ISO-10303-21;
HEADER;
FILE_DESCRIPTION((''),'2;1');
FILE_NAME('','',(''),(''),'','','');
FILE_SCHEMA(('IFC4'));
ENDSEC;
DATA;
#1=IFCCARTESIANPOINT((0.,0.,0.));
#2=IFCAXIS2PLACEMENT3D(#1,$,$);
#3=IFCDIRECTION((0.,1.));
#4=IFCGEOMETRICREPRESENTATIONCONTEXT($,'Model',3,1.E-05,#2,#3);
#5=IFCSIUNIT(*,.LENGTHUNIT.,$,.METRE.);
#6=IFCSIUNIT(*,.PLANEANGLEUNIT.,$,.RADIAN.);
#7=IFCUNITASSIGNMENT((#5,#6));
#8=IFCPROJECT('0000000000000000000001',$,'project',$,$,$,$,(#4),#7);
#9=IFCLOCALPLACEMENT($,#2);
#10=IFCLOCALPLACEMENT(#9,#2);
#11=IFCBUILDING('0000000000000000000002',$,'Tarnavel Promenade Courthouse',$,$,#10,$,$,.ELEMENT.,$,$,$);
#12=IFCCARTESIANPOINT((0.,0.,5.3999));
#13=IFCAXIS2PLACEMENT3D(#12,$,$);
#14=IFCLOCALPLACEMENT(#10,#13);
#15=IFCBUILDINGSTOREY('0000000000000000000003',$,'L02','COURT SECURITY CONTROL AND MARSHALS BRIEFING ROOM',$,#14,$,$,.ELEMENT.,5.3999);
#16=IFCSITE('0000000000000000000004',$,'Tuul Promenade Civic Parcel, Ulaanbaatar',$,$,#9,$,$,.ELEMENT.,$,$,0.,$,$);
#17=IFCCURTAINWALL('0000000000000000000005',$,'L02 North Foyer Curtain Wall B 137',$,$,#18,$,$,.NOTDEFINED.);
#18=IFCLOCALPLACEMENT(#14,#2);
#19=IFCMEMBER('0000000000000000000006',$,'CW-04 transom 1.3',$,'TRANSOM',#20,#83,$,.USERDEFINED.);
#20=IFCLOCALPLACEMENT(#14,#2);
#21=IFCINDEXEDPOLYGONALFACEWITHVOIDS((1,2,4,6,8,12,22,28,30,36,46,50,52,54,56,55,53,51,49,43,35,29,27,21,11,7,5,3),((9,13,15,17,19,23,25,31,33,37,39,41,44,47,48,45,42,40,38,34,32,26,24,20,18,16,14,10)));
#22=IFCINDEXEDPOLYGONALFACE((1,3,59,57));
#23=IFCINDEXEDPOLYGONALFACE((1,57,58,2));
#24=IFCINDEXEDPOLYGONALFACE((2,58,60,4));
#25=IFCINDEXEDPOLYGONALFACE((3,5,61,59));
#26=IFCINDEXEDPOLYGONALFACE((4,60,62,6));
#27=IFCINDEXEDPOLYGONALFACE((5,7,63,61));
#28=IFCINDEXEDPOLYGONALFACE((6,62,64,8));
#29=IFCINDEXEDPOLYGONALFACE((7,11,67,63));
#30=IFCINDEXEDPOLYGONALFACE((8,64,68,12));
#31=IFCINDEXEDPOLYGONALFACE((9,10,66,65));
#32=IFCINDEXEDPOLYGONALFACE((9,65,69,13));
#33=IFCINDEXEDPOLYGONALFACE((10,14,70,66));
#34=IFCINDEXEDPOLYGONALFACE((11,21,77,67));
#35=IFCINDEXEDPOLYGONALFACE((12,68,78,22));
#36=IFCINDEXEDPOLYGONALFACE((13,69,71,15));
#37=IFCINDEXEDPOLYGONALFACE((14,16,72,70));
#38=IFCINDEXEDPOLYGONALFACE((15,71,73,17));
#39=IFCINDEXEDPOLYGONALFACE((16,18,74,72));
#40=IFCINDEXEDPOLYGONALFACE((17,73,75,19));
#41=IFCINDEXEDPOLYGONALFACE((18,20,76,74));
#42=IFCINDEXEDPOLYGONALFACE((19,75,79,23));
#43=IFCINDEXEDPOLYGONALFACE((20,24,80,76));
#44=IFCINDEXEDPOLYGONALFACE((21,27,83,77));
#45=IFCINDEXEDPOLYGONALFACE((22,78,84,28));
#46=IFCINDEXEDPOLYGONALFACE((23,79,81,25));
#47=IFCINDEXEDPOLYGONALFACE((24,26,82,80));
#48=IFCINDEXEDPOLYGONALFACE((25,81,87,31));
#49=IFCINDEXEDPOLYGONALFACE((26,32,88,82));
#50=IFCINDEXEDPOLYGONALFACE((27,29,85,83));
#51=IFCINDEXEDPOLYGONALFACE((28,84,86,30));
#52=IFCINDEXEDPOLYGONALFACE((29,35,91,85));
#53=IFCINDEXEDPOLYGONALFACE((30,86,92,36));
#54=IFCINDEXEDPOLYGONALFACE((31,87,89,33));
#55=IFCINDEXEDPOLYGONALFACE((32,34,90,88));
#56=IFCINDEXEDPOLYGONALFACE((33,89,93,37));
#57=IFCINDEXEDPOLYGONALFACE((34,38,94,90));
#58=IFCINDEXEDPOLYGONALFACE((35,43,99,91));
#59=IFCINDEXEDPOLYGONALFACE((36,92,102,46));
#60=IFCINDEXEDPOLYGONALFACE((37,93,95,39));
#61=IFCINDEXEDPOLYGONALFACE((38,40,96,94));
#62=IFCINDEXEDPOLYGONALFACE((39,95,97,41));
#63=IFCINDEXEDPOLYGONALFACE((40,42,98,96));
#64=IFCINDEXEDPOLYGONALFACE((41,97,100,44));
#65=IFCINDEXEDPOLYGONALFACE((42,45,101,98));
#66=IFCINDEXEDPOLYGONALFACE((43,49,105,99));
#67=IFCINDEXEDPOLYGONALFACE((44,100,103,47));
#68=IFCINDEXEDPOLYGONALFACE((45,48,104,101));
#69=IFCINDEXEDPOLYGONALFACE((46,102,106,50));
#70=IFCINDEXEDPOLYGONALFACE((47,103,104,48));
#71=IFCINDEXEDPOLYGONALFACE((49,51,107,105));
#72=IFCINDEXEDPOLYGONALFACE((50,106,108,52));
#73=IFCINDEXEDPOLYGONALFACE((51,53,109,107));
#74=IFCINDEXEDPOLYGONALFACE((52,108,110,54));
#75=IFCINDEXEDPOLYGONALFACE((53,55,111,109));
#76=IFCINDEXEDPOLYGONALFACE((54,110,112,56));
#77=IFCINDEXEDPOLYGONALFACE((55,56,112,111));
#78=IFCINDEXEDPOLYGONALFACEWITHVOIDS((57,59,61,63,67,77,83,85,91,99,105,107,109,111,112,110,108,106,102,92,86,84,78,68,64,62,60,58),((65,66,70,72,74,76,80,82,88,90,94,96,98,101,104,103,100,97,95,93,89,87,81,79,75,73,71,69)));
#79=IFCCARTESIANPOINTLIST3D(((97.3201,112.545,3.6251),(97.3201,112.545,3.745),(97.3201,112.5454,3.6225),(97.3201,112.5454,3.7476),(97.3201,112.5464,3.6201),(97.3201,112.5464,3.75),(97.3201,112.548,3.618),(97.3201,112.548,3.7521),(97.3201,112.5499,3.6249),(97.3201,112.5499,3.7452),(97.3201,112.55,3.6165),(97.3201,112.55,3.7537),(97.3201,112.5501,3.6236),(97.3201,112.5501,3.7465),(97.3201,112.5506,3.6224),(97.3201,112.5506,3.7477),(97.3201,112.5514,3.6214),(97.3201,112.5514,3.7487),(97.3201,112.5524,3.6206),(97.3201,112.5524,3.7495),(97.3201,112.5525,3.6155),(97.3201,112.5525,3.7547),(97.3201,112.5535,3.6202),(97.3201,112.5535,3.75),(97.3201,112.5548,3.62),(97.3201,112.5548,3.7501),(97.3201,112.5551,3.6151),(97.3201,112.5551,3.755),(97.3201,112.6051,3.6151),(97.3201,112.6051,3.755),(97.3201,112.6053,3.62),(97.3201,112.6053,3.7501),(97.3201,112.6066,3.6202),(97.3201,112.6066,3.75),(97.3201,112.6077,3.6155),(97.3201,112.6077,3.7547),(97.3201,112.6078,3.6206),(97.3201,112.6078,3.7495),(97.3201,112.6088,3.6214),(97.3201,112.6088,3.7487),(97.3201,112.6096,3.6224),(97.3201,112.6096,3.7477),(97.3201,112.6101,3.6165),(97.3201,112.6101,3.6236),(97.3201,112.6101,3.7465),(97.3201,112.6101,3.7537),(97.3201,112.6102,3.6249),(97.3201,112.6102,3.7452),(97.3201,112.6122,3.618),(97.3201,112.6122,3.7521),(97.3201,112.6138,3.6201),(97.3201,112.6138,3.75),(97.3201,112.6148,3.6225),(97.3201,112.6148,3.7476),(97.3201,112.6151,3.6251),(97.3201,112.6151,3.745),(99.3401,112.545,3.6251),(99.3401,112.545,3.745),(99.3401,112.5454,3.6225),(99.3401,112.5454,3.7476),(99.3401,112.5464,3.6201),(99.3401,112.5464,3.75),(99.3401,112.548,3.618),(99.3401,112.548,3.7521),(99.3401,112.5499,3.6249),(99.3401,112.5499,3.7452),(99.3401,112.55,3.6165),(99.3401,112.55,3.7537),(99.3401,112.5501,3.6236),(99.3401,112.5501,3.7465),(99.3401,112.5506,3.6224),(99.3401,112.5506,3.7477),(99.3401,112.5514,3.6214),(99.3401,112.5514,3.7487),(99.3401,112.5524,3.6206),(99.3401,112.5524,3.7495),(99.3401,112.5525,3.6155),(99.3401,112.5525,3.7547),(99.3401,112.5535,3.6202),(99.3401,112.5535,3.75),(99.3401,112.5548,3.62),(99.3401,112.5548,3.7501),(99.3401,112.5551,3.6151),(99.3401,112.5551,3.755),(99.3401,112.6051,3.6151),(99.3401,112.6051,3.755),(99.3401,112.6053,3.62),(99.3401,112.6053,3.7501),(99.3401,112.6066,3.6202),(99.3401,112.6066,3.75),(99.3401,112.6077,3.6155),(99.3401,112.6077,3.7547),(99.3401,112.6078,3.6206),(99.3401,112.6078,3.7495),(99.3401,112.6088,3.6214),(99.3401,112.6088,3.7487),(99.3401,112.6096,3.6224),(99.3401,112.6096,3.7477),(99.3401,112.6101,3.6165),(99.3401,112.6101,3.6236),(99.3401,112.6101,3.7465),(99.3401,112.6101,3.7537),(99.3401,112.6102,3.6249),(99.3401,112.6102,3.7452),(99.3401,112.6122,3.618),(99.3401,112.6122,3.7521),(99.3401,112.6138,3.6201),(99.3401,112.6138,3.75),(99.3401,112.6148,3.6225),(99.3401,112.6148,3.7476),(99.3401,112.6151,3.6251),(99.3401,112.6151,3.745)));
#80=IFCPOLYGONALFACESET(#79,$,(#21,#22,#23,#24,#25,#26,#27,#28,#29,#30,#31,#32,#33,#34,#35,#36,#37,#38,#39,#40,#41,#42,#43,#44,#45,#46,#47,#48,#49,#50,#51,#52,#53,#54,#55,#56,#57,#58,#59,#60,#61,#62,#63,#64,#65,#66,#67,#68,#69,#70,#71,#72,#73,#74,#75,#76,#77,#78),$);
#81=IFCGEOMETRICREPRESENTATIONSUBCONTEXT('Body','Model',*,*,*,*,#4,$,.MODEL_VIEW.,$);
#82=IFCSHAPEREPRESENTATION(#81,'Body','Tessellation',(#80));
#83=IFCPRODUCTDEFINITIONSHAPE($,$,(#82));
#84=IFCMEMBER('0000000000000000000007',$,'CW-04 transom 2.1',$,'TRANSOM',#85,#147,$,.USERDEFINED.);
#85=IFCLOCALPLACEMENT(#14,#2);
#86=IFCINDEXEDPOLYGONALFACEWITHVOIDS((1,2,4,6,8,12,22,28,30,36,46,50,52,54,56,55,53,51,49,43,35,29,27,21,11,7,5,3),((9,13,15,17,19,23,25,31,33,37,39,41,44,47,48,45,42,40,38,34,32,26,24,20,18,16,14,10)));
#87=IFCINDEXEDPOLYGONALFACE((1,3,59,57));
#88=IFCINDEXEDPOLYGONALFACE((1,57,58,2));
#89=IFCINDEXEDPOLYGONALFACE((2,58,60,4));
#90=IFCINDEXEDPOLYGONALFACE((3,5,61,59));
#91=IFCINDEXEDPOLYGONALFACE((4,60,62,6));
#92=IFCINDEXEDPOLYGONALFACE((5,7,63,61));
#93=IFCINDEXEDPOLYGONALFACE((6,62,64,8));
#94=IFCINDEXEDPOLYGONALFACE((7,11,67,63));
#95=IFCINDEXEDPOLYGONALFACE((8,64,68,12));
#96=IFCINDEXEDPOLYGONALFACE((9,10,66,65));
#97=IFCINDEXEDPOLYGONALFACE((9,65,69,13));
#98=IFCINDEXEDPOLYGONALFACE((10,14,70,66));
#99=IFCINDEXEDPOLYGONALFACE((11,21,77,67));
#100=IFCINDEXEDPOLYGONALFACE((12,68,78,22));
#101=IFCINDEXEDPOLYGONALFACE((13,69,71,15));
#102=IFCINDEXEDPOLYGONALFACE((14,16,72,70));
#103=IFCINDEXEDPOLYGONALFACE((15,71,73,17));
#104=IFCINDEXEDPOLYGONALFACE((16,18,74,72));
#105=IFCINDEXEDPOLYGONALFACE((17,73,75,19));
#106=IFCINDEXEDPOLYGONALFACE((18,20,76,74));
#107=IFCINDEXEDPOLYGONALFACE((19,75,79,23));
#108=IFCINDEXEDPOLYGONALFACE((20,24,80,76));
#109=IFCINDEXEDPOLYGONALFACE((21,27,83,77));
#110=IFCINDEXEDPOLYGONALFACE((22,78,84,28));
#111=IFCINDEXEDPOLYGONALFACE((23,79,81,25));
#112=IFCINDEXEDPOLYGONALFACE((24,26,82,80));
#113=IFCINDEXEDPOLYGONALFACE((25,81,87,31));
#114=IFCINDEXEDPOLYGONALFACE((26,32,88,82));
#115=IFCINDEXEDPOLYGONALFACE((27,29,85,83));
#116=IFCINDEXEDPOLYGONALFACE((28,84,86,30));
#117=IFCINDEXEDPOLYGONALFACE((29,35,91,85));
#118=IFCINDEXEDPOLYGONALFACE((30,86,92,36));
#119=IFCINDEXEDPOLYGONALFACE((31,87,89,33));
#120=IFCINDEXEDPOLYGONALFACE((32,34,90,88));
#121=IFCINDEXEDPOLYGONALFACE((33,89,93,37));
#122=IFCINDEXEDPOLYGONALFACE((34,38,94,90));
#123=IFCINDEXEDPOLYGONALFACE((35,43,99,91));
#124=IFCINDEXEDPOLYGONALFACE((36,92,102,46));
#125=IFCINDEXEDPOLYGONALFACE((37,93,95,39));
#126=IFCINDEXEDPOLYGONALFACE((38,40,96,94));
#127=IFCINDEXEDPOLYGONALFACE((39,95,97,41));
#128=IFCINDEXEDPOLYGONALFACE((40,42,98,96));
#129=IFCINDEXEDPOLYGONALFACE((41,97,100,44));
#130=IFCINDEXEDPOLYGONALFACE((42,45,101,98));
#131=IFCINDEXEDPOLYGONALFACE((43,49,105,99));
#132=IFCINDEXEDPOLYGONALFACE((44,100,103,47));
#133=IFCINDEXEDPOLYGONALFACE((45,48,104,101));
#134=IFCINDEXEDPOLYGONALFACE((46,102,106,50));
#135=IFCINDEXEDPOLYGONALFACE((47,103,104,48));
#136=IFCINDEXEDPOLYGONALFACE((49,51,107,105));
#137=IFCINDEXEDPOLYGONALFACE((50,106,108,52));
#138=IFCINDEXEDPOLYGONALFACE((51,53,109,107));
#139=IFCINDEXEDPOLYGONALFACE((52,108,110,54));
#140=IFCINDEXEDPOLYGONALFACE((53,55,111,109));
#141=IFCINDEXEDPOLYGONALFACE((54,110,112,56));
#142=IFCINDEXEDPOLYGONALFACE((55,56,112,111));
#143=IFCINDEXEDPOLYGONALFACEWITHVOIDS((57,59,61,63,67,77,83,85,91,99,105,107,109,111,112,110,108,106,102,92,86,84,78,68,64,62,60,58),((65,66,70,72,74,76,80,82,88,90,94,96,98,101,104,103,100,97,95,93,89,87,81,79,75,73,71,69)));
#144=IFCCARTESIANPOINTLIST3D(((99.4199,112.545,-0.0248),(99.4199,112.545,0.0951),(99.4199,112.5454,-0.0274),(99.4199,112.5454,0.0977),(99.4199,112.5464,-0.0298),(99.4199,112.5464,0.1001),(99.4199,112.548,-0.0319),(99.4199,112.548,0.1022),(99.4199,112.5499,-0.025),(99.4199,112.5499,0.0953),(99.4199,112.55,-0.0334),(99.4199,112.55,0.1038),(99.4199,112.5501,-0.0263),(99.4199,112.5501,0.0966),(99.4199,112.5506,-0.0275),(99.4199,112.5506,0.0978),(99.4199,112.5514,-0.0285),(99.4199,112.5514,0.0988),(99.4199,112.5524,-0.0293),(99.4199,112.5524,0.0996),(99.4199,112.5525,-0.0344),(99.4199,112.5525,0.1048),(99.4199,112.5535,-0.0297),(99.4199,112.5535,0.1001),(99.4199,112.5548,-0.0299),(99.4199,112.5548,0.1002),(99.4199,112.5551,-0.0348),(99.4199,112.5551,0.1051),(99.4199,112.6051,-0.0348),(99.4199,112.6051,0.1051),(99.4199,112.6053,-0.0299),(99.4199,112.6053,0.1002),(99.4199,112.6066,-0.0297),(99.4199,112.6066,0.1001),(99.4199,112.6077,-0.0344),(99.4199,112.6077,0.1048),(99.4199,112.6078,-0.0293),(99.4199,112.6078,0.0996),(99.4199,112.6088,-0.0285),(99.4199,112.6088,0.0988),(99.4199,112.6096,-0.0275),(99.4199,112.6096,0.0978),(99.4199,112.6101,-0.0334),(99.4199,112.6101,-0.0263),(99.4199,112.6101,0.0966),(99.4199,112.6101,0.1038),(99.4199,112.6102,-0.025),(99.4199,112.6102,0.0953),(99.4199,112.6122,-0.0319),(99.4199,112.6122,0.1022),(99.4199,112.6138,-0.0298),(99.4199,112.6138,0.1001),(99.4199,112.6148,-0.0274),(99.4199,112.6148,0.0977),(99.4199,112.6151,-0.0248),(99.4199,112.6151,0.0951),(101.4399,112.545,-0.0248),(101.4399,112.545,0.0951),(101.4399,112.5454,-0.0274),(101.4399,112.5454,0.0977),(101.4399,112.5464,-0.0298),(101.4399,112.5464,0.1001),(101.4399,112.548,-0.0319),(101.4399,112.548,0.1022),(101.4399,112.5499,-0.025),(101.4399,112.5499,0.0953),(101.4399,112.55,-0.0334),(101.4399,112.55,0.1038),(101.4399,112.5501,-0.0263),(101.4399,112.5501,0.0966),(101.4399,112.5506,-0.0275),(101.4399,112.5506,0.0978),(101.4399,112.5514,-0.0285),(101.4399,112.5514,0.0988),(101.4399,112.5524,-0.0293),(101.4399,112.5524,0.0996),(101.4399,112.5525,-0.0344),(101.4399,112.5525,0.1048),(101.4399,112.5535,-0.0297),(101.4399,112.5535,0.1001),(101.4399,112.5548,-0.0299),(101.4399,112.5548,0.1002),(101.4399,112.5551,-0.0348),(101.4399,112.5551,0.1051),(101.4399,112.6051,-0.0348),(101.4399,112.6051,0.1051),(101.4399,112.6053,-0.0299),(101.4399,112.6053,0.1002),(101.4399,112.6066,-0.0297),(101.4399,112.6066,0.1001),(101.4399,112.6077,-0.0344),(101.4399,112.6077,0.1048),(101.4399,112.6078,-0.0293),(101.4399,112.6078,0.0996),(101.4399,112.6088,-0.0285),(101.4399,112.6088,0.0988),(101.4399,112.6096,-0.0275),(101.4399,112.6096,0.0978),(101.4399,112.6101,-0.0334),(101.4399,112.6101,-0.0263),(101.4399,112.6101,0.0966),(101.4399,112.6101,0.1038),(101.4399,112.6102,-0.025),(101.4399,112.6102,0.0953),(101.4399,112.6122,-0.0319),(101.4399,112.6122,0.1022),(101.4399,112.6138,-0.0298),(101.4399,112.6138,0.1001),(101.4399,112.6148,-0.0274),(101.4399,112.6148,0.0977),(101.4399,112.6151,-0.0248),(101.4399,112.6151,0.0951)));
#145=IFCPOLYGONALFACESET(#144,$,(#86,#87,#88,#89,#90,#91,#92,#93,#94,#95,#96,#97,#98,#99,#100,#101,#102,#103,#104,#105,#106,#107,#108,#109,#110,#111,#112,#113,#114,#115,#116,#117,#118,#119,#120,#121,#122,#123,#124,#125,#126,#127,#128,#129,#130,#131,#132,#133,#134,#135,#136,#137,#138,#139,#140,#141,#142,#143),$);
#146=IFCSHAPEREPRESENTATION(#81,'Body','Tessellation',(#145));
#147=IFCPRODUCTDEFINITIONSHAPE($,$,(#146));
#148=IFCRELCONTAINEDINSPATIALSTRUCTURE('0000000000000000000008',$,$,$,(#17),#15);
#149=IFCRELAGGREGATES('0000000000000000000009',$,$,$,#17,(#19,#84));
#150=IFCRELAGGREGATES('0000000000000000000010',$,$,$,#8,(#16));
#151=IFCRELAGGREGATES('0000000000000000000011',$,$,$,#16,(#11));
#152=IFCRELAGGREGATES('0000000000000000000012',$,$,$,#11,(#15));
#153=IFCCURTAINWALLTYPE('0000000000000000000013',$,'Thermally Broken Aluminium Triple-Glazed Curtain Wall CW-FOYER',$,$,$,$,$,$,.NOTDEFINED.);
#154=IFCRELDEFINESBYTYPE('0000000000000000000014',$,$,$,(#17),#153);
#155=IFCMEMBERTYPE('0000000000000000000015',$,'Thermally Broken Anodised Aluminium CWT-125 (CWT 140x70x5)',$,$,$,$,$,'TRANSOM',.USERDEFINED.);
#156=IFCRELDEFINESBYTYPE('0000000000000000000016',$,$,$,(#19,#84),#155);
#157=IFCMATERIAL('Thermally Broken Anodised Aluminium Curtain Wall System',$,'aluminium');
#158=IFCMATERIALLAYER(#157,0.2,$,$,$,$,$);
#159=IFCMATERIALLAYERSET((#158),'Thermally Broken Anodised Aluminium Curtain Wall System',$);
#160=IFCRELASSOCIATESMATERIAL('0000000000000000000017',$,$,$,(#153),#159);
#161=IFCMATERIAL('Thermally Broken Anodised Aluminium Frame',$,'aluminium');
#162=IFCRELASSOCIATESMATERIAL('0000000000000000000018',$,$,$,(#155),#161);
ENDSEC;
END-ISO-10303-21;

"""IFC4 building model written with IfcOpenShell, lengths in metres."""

from ifc_helpers import new_model, si_unit, direction, frame, origin, origin_2d, place, context, subcontext, project, spatial, hollow_rectangle, extrude, material, layer, layer_set, material_profile, profile_set, type_object, element, aggregate, save


model = new_model("IFC4")

# Units and contexts
model_context = context("Model", 3, precision=1e-05, world=origin(), true_north=direction((0.0, 1.0)))
body_context = subcontext(model_context, "Body", "Model", "MODEL_VIEW")
ifc_project = project(units=[si_unit("LENGTHUNIT", "METRE"), si_unit("PLANEANGLEUNIT", "RADIAN")], contexts=[model_context])

# Site, building, storey
site_placement = place(None, origin())
site = spatial("IfcSite", under=ifc_project, at=site_placement, Name="Tuul Promenade Civic Parcel, Ulaanbaatar", CompositionType="ELEMENT", RefElevation=0.0)
building_placement = place(site_placement, origin())
building = spatial("IfcBuilding", under=site, at=building_placement, Name="Tarnavel Promenade Courthouse", CompositionType="ELEMENT")
storey_placement = place(building_placement, frame((0.0, 0.0, 5.3999)))
storey = spatial("IfcBuildingStorey", under=building, at=storey_placement, Name="L02", Description="COURT SECURITY CONTROL AND MARSHALS BRIEFING ROOM", CompositionType="ELEMENT", Elevation=5.3999)

# Shared definitions
ifc_material_1 = material(Name="Thermally Broken Anodised Aluminium Curtain Wall System", Category="aluminium")
ifc_layer_1 = layer(ifc_material_1, 0.2)
ifc_layer_set_1 = layer_set([ifc_layer_1], Name="Thermally Broken Anodised Aluminium Curtain Wall System")
curtain_wall_type = type_object("IfcCurtainWallType", Name="Thermally Broken Aluminium Triple-Glazed Curtain Wall CW-FOYER", PredefinedType="NOTDEFINED", material=ifc_layer_set_1)
ifc_material_2 = material(Name="Thermally Broken Anodised Aluminium Frame", Category="aluminium")

# Curtain wall, members
curtain_wall_1_placement = place(storey_placement, origin())
curtain_wall_1 = element("IfcCurtainWall", 1, at=curtain_wall_1_placement, inside=storey, type_object=curtain_wall_type, Name="L02 North Foyer Curtain Wall B 137", PredefinedType="NOTDEFINED")
ifc_material_profile_1 = material_profile(ifc_material_2, hollow_rectangle(XDim=0.0701, YDim=0.1399, WallThickness=0.0049, InnerFilletRadius=0.0049, OuterFilletRadius=0.01, at=origin_2d()), Name="CWT 140x70x5")
ifc_profile_set_1 = profile_set([ifc_material_profile_1], Name="Thermally Broken Anodised Aluminium Frame")
member_type_1 = type_object("IfcMemberType", Name="Thermally Broken Anodised Aluminium CWT-125 (CWT 140x70x5)", ElementType="TRANSOM", PredefinedType="USERDEFINED", material=ifc_profile_set_1)
member_1_placement = place(storey_placement, frame((97.3201, 112.5801, 3.6851), z_axis=(1.0, 0.0, 0.0), x_axis=(0.0, 1.0, 0.0)))
member_1 = element("IfcMember", 2, at=member_1_placement, type_object=member_type_1, Name="CW-04 transom 1.3", ObjectType="TRANSOM", PredefinedType="USERDEFINED", context=body_context, shape_type="SweptSolid", body=[
    extrude(hollow_rectangle(XDim=0.0701, YDim=0.1399, WallThickness=0.0049, InnerFilletRadius=0.0049, OuterFilletRadius=0.01, at=origin_2d()), origin(), (0.0, 0.0, 1.0), 2.02),
])
member_2_placement = place(storey_placement, frame((99.4199, 112.5801, 0.0352), z_axis=(1.0, 0.0, 0.0), x_axis=(0.0, 1.0, 0.0)))
member_2 = element("IfcMember", 3, at=member_2_placement, type_object=member_type_1, Name="CW-04 transom 2.1", ObjectType="TRANSOM", PredefinedType="USERDEFINED", context=body_context, shape_type="SweptSolid", body=[
    extrude(hollow_rectangle(XDim=0.0701, YDim=0.1399, WallThickness=0.0049, InnerFilletRadius=0.0049, OuterFilletRadius=0.01, at=origin_2d()), origin(), (0.0, 0.0, 1.0), 2.02),
])
aggregate(curtain_wall_1, [member_1, member_2])

save(model, "model.ifc")
